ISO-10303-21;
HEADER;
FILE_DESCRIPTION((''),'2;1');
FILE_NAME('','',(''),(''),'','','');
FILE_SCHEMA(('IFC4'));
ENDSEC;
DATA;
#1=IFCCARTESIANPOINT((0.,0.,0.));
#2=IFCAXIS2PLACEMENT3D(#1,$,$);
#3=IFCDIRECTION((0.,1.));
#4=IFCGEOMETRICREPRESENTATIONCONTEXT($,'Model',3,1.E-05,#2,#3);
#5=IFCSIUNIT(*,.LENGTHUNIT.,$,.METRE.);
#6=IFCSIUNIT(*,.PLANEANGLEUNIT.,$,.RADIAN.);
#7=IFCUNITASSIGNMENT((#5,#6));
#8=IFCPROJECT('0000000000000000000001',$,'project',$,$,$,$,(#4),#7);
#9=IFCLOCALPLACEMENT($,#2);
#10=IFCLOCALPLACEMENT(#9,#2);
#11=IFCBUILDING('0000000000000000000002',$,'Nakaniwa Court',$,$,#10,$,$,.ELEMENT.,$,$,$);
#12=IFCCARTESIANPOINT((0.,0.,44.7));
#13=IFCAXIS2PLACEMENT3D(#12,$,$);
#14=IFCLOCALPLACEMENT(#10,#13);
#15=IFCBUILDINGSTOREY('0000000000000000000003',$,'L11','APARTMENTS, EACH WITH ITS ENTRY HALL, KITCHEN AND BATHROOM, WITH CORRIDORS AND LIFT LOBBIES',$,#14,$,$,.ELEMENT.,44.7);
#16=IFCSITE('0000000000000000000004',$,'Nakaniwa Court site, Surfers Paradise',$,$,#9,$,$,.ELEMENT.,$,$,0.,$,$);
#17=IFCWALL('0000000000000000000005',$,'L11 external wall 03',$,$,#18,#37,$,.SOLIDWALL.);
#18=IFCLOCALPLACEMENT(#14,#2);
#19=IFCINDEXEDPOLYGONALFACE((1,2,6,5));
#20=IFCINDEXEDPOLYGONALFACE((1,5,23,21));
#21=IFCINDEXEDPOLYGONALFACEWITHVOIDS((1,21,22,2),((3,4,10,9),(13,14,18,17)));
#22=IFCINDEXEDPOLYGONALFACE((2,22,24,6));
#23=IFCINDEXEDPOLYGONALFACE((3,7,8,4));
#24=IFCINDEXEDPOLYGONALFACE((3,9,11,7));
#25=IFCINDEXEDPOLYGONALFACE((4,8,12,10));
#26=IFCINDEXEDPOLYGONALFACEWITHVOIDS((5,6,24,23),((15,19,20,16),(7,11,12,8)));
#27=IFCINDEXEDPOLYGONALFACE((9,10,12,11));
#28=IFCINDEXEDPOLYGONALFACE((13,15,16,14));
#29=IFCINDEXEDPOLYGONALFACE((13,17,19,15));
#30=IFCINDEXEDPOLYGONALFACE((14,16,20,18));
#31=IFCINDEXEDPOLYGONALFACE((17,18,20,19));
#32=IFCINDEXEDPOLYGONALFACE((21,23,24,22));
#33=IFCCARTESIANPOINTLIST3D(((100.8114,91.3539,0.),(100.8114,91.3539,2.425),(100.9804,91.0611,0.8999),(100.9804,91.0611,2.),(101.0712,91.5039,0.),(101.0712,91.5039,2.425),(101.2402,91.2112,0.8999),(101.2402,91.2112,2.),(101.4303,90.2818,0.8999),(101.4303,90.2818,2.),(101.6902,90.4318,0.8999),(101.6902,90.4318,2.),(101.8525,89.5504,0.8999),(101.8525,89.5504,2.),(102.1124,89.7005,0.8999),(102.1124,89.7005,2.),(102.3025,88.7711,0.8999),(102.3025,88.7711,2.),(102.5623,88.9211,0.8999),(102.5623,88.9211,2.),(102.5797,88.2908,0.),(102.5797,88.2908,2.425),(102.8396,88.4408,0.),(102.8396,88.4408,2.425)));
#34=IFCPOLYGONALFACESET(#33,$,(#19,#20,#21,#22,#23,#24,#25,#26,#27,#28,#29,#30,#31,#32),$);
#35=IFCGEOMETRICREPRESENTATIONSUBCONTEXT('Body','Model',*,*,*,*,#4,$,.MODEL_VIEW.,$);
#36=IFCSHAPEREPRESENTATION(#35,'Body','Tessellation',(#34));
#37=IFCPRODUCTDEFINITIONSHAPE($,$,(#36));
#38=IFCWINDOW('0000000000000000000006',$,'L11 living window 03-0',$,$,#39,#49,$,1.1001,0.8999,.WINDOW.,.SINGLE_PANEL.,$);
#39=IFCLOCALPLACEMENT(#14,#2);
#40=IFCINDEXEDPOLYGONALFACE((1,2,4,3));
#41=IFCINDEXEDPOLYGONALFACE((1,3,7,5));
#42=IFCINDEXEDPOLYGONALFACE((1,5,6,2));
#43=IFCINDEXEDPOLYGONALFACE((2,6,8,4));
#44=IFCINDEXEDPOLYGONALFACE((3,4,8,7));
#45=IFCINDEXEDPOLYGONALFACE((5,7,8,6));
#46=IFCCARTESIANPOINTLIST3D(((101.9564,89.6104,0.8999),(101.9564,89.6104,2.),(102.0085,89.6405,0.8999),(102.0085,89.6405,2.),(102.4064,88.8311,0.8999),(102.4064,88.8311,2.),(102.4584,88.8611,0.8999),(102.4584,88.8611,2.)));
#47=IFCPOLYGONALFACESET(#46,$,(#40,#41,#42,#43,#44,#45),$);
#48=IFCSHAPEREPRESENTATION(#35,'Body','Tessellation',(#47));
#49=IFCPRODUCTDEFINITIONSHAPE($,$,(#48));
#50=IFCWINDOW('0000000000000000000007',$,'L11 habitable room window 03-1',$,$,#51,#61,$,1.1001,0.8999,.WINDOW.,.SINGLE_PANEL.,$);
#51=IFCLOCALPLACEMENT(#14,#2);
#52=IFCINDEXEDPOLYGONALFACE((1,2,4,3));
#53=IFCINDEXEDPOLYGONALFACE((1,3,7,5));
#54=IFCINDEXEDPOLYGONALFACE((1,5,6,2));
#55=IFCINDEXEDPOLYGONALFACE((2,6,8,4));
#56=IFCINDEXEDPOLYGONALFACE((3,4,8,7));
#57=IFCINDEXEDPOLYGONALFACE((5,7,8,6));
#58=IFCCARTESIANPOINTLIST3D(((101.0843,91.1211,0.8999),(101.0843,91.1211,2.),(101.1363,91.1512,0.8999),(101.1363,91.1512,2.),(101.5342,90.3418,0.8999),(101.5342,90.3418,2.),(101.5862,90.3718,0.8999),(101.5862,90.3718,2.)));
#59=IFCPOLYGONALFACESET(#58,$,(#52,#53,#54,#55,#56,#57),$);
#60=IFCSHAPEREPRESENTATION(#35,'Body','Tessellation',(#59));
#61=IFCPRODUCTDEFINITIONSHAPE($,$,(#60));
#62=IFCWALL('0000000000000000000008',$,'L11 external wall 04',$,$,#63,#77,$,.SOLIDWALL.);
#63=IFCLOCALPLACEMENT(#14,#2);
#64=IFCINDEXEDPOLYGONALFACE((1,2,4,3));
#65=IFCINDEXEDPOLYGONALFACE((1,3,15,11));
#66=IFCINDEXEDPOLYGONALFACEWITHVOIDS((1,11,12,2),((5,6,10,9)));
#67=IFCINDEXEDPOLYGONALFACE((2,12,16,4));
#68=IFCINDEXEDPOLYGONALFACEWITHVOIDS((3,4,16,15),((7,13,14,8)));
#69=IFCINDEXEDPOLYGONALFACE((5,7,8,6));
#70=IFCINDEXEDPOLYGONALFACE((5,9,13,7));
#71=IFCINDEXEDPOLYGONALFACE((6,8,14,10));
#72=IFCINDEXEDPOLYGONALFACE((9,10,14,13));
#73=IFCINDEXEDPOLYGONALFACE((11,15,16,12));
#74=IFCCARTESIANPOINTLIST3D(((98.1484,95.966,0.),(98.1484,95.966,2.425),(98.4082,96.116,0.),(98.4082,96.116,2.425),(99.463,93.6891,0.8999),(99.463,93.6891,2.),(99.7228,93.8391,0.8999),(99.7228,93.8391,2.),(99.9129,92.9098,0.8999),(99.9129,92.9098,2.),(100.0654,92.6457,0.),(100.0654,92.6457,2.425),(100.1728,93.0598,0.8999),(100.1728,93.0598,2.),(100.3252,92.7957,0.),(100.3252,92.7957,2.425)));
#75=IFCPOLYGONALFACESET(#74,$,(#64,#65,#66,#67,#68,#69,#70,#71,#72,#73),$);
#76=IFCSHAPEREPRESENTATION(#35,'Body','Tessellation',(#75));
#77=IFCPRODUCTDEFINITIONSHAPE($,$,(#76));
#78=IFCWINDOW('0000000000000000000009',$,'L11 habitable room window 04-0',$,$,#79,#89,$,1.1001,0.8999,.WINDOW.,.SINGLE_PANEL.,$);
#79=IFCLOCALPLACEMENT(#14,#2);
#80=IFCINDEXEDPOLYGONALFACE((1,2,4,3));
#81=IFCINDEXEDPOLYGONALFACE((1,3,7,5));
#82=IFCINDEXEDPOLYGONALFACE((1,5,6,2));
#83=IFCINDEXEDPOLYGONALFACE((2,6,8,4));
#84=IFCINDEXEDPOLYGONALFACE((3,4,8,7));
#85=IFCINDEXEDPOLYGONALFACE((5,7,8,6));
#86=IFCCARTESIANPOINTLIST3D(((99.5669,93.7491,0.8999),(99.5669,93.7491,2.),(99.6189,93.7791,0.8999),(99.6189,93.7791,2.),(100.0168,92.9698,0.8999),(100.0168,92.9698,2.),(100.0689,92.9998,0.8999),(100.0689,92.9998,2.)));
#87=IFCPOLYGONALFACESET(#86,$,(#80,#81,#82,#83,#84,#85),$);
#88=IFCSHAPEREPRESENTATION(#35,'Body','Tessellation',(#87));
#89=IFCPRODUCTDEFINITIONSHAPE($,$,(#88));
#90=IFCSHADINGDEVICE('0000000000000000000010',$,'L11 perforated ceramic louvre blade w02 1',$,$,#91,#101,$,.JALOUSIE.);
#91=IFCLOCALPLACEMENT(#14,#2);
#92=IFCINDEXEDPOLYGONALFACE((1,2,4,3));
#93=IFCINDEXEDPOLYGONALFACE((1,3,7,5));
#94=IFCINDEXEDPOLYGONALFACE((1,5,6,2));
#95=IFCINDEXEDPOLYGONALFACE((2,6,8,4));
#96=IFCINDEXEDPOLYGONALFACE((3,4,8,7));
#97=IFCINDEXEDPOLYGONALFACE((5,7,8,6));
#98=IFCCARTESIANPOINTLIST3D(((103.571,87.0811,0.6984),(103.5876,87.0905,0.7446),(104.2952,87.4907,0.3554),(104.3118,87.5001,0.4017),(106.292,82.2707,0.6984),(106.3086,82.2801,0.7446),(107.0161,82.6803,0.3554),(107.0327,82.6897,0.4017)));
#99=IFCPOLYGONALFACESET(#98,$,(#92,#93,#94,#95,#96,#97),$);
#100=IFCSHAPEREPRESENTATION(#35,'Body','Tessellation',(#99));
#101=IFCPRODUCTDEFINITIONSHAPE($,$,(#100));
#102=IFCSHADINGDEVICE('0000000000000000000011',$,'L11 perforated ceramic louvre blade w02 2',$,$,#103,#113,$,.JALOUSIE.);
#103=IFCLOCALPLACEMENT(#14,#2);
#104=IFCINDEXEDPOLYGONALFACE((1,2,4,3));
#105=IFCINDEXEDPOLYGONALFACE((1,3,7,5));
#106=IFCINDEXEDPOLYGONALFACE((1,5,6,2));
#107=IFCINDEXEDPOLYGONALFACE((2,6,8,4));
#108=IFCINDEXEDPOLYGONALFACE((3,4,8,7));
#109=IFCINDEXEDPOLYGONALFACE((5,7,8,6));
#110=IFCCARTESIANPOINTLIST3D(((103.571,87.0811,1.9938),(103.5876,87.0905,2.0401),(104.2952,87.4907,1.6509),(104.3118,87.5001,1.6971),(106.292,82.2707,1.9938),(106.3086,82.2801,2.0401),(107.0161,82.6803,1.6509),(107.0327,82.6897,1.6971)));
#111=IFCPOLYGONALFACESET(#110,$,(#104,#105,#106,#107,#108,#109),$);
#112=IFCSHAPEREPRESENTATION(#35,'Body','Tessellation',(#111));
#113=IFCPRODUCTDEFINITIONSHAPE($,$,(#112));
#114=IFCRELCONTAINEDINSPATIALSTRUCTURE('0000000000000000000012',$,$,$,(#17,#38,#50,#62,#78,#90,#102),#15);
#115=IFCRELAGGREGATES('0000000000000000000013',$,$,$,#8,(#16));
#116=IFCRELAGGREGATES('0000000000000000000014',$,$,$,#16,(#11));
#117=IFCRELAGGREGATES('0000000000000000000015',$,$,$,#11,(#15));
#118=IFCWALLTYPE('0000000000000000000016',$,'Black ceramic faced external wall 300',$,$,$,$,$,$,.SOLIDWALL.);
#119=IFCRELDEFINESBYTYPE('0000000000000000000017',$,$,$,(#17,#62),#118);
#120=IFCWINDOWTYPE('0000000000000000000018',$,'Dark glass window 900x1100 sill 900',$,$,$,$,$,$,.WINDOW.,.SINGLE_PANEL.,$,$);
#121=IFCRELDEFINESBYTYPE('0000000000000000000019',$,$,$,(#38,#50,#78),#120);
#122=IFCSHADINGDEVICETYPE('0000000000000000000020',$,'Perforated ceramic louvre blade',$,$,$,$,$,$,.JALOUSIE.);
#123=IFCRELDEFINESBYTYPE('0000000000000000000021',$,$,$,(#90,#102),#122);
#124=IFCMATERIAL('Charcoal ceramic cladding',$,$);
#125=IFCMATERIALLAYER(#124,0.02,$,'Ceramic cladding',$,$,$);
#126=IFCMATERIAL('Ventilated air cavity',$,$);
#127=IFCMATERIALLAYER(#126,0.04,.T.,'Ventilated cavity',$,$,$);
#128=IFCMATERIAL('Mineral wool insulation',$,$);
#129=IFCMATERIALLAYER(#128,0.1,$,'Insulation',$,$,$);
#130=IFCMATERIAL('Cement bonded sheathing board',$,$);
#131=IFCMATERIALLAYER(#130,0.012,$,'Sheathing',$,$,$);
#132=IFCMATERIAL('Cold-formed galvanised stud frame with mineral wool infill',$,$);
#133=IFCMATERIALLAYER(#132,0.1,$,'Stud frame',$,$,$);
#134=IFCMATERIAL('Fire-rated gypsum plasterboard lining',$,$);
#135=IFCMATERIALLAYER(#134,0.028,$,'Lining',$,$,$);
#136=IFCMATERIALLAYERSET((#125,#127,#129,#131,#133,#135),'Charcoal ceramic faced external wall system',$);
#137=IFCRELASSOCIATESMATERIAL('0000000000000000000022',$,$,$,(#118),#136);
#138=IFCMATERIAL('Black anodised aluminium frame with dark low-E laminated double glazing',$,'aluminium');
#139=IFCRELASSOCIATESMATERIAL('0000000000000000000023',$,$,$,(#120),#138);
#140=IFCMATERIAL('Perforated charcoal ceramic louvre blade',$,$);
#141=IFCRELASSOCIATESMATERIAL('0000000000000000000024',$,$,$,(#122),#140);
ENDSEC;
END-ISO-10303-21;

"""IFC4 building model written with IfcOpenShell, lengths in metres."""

from ifc_helpers import new_model, si_unit, direction, frame, frame_2d, origin, origin_2d, place, context, subcontext, project, spatial, rectangle, extrude, material, layer, layer_set, material_profile, profile_set, type_object, element, fill, save


model = new_model("IFC4")

# Units and contexts
model_context = context("Model", 3, precision=1e-05, world=origin(), true_north=direction((0.0, 1.0)))
body_context = subcontext(model_context, "Body", "Model", "MODEL_VIEW")
ifc_project = project(units=[si_unit("LENGTHUNIT", "METRE"), si_unit("PLANEANGLEUNIT", "RADIAN")], contexts=[model_context])

# Site, building, storey
site_placement = place(None, origin())
site = spatial("IfcSite", under=ifc_project, at=site_placement, Name="Nakaniwa Court site, Surfers Paradise", CompositionType="ELEMENT", RefElevation=0.0)
building_placement = place(site_placement, origin())
building = spatial("IfcBuilding", under=site, at=building_placement, Name="Nakaniwa Court", CompositionType="ELEMENT")
storey_placement = place(building_placement, frame((0.0, 0.0, 44.7)))
storey = spatial("IfcBuildingStorey", under=building, at=storey_placement, Name="L11", Description="APARTMENTS, EACH WITH ITS ENTRY HALL, KITCHEN AND BATHROOM, WITH CORRIDORS AND LIFT LOBBIES", CompositionType="ELEMENT", Elevation=44.7)

# Shared definitions
ifc_material_1 = material(Name="Charcoal ceramic cladding")
ifc_layer_1 = layer(ifc_material_1, 0.02, Name="Ceramic cladding")
ifc_material_2 = material(Name="Ventilated air cavity")
ifc_layer_2 = layer(ifc_material_2, 0.04, ventilated=True, Name="Ventilated cavity")
ifc_material_3 = material(Name="Mineral wool insulation")
ifc_layer_3 = layer(ifc_material_3, 0.1, Name="Insulation")
ifc_material_4 = material(Name="Cement bonded sheathing board")
ifc_layer_4 = layer(ifc_material_4, 0.012, Name="Sheathing")
ifc_material_5 = material(Name="Cold-formed galvanised stud frame with mineral wool infill")
ifc_layer_5 = layer(ifc_material_5, 0.1, Name="Stud frame")
ifc_material_6 = material(Name="Fire-rated gypsum plasterboard lining")
ifc_layer_6 = layer(ifc_material_6, 0.028, Name="Lining")
ifc_layer_set = layer_set([ifc_layer_1, ifc_layer_2, ifc_layer_3, ifc_layer_4, ifc_layer_5, ifc_layer_6], Name="Charcoal ceramic faced external wall system")
wall_type = type_object("IfcWallType", Name="Black ceramic faced external wall 300", PredefinedType="SOLIDWALL", material=ifc_layer_set)
ifc_material_7 = material(Name="Black anodised aluminium frame with dark low-E laminated double glazing", Category="aluminium")

# Wall, openings, windows
wall_1_placement = place(storey_placement, frame((102.7097, 88.3657, 0.0), z_axis=(0.0, 0.0, 1.0), x_axis=(-0.499977, 0.866038, 0.0)))
wall_1 = element("IfcWall", 1, at=wall_1_placement, inside=storey, type_object=wall_type, Name="L11 external wall 03", PredefinedType="SOLIDWALL", context=body_context, shape_type="SweptSolid", body=[
    extrude(rectangle(XDim=3.5369, YDim=0.3, at=frame_2d((1.7686, 0.0))), origin(), (0.0, 0.0, 1.0), 2.425),
])
opening_1_placement = place(wall_1_placement, frame((0.5547, 0.0, 0.8999)))
opening_1 = element("IfcOpeningElement", 2, at=opening_1_placement, cuts=wall_1, PredefinedType="OPENING", context=body_context, shape_type="SweptSolid", body=[
    extrude(rectangle(XDim=0.8999, YDim=1.1001, at=frame_2d((0.45, 0.55))), frame((0.0, 0.1599, 0.0), z_axis=(0.0, -1.0, 0.0), x_axis=(1.0, 0.0, 0.0)), (0.0, 0.0, 1.0), 0.3201),
])
opening_2_placement = place(wall_1_placement, frame((2.2991, 0.0, 0.8999)))
opening_2 = element("IfcOpeningElement", 3, at=opening_2_placement, cuts=wall_1, PredefinedType="OPENING", context=body_context, shape_type="SweptSolid", body=[
    extrude(rectangle(XDim=0.8999, YDim=1.1001, at=frame_2d((0.45, 0.55))), frame((0.0, 0.1599, 0.0), z_axis=(0.0, -1.0, 0.0), x_axis=(1.0, 0.0, 0.0)), (0.0, 0.0, 1.0), 0.3201),
])
window_type_1 = type_object("IfcWindowType", Name="Dark glass window 900x1100 sill 900", PartitioningType="SINGLE_PANEL", PredefinedType="WINDOW", material=ifc_material_7)
window_1_placement = place(opening_1_placement, origin())
window_1 = element("IfcWindow", 4, at=window_1_placement, inside=storey, type_object=window_type_1, Name="L11 living window 03-0", OverallHeight=1.1001, OverallWidth=0.8999, PartitioningType="SINGLE_PANEL", PredefinedType="WINDOW", context=body_context, shape_type="SweptSolid", body=[
    extrude(rectangle(XDim=0.8999, YDim=1.1001, at=frame_2d((0.45, 0.55))), frame((0.0, 0.03, 0.0), z_axis=(0.0, -1.0, 0.0), x_axis=(1.0, 0.0, 0.0)), (0.0, 0.0, 1.0), 0.0601),
])
fill(opening_1, window_1)
window_2_placement = place(opening_2_placement, origin())
window_2 = element("IfcWindow", 5, at=window_2_placement, inside=storey, type_object=window_type_1, Name="L11 habitable room window 03-1", OverallHeight=1.1001, OverallWidth=0.8999, PartitioningType="SINGLE_PANEL", PredefinedType="WINDOW", context=body_context, shape_type="SweptSolid", body=[
    extrude(rectangle(XDim=0.8999, YDim=1.1001, at=frame_2d((0.45, 0.55))), frame((0.0, 0.03, 0.0), z_axis=(0.0, -1.0, 0.0), x_axis=(1.0, 0.0, 0.0)), (0.0, 0.0, 1.0), 0.0601),
])
fill(opening_2, window_2)

# Wall, opening, window
wall_2_placement = place(storey_placement, frame((100.1953, 92.7207, 0.0), z_axis=(0.0, 0.0, 1.0), x_axis=(-0.500002, 0.866024, 0.0)))
wall_2 = element("IfcWall", 6, at=wall_2_placement, inside=storey, type_object=wall_type, Name="L11 external wall 04", PredefinedType="SOLIDWALL", context=body_context, shape_type="SweptSolid", body=[
    extrude(rectangle(XDim=3.834, YDim=0.3, at=frame_2d((1.917, 0.0))), origin(), (0.0, 0.0, 1.0), 2.425),
])
opening_3_placement = place(wall_2_placement, frame((0.3049, 0.0, 0.8999)))
opening_3 = element("IfcOpeningElement", 7, at=opening_3_placement, cuts=wall_2, PredefinedType="OPENING", context=body_context, shape_type="SweptSolid", body=[
    extrude(rectangle(XDim=0.8999, YDim=1.1001, at=frame_2d((0.45, 0.55))), frame((0.0, 0.1599, 0.0), z_axis=(0.0, -1.0, 0.0), x_axis=(1.0, 0.0, 0.0)), (0.0, 0.0, 1.0), 0.3201),
])
window_3_placement = place(opening_3_placement, origin())
window_3 = element("IfcWindow", 8, at=window_3_placement, inside=storey, type_object=window_type_1, Name="L11 habitable room window 04-0", OverallHeight=1.1001, OverallWidth=0.8999, PartitioningType="SINGLE_PANEL", PredefinedType="WINDOW", context=body_context, shape_type="SweptSolid", body=[
    extrude(rectangle(XDim=0.8999, YDim=1.1001, at=frame_2d((0.45, 0.55))), frame((0.0, 0.03, 0.0), z_axis=(0.0, -1.0, 0.0), x_axis=(1.0, 0.0, 0.0)), (0.0, 0.0, 1.0), 0.0601),
])
fill(opening_3, window_3)

# Shading devices
ifc_material_8 = material(Name="Perforated charcoal ceramic louvre blade")
ifc_material_profile_1 = material_profile(ifc_material_8, rectangle(XDim=0.8999, YDim=0.05, at=origin_2d()), Name="Perforated ceramic louvre blade")
ifc_profile_set_1 = profile_set([ifc_material_profile_1], Name="Perforated charcoal ceramic louvre blade")
shading_device_type = type_object("IfcShadingDeviceType", Name="Perforated ceramic louvre blade", PredefinedType="JALOUSIE", material=ifc_profile_set_1)
for number, where, z_axis, x_axis, name in (
    (9, (106.6624, 82.4802, 0.55), (-0.492343, 0.870402, 0.0), (-0.804726, -0.455193, 0.38107), "L11 perforated ceramic louvre blade w02 1"),
    (10, (106.6624, 82.4802, 1.8455), (-0.492343, 0.870402, 0.0), (-0.804726, -0.455193, 0.38107), "L11 perforated ceramic louvre blade w02 2"),
):
    element("IfcShadingDevice", number, at=place(storey_placement, frame(where, z_axis=z_axis, x_axis=x_axis)), inside=storey, type_object=shading_device_type, Name=name, PredefinedType="JALOUSIE", context=body_context, shape_type="SweptSolid", body=[
        extrude(rectangle(XDim=0.8999, YDim=0.05, at=origin_2d()), origin(), (0.0, 0.0, 1.0), 5.5266),
    ])

save(model, "model.ifc")
